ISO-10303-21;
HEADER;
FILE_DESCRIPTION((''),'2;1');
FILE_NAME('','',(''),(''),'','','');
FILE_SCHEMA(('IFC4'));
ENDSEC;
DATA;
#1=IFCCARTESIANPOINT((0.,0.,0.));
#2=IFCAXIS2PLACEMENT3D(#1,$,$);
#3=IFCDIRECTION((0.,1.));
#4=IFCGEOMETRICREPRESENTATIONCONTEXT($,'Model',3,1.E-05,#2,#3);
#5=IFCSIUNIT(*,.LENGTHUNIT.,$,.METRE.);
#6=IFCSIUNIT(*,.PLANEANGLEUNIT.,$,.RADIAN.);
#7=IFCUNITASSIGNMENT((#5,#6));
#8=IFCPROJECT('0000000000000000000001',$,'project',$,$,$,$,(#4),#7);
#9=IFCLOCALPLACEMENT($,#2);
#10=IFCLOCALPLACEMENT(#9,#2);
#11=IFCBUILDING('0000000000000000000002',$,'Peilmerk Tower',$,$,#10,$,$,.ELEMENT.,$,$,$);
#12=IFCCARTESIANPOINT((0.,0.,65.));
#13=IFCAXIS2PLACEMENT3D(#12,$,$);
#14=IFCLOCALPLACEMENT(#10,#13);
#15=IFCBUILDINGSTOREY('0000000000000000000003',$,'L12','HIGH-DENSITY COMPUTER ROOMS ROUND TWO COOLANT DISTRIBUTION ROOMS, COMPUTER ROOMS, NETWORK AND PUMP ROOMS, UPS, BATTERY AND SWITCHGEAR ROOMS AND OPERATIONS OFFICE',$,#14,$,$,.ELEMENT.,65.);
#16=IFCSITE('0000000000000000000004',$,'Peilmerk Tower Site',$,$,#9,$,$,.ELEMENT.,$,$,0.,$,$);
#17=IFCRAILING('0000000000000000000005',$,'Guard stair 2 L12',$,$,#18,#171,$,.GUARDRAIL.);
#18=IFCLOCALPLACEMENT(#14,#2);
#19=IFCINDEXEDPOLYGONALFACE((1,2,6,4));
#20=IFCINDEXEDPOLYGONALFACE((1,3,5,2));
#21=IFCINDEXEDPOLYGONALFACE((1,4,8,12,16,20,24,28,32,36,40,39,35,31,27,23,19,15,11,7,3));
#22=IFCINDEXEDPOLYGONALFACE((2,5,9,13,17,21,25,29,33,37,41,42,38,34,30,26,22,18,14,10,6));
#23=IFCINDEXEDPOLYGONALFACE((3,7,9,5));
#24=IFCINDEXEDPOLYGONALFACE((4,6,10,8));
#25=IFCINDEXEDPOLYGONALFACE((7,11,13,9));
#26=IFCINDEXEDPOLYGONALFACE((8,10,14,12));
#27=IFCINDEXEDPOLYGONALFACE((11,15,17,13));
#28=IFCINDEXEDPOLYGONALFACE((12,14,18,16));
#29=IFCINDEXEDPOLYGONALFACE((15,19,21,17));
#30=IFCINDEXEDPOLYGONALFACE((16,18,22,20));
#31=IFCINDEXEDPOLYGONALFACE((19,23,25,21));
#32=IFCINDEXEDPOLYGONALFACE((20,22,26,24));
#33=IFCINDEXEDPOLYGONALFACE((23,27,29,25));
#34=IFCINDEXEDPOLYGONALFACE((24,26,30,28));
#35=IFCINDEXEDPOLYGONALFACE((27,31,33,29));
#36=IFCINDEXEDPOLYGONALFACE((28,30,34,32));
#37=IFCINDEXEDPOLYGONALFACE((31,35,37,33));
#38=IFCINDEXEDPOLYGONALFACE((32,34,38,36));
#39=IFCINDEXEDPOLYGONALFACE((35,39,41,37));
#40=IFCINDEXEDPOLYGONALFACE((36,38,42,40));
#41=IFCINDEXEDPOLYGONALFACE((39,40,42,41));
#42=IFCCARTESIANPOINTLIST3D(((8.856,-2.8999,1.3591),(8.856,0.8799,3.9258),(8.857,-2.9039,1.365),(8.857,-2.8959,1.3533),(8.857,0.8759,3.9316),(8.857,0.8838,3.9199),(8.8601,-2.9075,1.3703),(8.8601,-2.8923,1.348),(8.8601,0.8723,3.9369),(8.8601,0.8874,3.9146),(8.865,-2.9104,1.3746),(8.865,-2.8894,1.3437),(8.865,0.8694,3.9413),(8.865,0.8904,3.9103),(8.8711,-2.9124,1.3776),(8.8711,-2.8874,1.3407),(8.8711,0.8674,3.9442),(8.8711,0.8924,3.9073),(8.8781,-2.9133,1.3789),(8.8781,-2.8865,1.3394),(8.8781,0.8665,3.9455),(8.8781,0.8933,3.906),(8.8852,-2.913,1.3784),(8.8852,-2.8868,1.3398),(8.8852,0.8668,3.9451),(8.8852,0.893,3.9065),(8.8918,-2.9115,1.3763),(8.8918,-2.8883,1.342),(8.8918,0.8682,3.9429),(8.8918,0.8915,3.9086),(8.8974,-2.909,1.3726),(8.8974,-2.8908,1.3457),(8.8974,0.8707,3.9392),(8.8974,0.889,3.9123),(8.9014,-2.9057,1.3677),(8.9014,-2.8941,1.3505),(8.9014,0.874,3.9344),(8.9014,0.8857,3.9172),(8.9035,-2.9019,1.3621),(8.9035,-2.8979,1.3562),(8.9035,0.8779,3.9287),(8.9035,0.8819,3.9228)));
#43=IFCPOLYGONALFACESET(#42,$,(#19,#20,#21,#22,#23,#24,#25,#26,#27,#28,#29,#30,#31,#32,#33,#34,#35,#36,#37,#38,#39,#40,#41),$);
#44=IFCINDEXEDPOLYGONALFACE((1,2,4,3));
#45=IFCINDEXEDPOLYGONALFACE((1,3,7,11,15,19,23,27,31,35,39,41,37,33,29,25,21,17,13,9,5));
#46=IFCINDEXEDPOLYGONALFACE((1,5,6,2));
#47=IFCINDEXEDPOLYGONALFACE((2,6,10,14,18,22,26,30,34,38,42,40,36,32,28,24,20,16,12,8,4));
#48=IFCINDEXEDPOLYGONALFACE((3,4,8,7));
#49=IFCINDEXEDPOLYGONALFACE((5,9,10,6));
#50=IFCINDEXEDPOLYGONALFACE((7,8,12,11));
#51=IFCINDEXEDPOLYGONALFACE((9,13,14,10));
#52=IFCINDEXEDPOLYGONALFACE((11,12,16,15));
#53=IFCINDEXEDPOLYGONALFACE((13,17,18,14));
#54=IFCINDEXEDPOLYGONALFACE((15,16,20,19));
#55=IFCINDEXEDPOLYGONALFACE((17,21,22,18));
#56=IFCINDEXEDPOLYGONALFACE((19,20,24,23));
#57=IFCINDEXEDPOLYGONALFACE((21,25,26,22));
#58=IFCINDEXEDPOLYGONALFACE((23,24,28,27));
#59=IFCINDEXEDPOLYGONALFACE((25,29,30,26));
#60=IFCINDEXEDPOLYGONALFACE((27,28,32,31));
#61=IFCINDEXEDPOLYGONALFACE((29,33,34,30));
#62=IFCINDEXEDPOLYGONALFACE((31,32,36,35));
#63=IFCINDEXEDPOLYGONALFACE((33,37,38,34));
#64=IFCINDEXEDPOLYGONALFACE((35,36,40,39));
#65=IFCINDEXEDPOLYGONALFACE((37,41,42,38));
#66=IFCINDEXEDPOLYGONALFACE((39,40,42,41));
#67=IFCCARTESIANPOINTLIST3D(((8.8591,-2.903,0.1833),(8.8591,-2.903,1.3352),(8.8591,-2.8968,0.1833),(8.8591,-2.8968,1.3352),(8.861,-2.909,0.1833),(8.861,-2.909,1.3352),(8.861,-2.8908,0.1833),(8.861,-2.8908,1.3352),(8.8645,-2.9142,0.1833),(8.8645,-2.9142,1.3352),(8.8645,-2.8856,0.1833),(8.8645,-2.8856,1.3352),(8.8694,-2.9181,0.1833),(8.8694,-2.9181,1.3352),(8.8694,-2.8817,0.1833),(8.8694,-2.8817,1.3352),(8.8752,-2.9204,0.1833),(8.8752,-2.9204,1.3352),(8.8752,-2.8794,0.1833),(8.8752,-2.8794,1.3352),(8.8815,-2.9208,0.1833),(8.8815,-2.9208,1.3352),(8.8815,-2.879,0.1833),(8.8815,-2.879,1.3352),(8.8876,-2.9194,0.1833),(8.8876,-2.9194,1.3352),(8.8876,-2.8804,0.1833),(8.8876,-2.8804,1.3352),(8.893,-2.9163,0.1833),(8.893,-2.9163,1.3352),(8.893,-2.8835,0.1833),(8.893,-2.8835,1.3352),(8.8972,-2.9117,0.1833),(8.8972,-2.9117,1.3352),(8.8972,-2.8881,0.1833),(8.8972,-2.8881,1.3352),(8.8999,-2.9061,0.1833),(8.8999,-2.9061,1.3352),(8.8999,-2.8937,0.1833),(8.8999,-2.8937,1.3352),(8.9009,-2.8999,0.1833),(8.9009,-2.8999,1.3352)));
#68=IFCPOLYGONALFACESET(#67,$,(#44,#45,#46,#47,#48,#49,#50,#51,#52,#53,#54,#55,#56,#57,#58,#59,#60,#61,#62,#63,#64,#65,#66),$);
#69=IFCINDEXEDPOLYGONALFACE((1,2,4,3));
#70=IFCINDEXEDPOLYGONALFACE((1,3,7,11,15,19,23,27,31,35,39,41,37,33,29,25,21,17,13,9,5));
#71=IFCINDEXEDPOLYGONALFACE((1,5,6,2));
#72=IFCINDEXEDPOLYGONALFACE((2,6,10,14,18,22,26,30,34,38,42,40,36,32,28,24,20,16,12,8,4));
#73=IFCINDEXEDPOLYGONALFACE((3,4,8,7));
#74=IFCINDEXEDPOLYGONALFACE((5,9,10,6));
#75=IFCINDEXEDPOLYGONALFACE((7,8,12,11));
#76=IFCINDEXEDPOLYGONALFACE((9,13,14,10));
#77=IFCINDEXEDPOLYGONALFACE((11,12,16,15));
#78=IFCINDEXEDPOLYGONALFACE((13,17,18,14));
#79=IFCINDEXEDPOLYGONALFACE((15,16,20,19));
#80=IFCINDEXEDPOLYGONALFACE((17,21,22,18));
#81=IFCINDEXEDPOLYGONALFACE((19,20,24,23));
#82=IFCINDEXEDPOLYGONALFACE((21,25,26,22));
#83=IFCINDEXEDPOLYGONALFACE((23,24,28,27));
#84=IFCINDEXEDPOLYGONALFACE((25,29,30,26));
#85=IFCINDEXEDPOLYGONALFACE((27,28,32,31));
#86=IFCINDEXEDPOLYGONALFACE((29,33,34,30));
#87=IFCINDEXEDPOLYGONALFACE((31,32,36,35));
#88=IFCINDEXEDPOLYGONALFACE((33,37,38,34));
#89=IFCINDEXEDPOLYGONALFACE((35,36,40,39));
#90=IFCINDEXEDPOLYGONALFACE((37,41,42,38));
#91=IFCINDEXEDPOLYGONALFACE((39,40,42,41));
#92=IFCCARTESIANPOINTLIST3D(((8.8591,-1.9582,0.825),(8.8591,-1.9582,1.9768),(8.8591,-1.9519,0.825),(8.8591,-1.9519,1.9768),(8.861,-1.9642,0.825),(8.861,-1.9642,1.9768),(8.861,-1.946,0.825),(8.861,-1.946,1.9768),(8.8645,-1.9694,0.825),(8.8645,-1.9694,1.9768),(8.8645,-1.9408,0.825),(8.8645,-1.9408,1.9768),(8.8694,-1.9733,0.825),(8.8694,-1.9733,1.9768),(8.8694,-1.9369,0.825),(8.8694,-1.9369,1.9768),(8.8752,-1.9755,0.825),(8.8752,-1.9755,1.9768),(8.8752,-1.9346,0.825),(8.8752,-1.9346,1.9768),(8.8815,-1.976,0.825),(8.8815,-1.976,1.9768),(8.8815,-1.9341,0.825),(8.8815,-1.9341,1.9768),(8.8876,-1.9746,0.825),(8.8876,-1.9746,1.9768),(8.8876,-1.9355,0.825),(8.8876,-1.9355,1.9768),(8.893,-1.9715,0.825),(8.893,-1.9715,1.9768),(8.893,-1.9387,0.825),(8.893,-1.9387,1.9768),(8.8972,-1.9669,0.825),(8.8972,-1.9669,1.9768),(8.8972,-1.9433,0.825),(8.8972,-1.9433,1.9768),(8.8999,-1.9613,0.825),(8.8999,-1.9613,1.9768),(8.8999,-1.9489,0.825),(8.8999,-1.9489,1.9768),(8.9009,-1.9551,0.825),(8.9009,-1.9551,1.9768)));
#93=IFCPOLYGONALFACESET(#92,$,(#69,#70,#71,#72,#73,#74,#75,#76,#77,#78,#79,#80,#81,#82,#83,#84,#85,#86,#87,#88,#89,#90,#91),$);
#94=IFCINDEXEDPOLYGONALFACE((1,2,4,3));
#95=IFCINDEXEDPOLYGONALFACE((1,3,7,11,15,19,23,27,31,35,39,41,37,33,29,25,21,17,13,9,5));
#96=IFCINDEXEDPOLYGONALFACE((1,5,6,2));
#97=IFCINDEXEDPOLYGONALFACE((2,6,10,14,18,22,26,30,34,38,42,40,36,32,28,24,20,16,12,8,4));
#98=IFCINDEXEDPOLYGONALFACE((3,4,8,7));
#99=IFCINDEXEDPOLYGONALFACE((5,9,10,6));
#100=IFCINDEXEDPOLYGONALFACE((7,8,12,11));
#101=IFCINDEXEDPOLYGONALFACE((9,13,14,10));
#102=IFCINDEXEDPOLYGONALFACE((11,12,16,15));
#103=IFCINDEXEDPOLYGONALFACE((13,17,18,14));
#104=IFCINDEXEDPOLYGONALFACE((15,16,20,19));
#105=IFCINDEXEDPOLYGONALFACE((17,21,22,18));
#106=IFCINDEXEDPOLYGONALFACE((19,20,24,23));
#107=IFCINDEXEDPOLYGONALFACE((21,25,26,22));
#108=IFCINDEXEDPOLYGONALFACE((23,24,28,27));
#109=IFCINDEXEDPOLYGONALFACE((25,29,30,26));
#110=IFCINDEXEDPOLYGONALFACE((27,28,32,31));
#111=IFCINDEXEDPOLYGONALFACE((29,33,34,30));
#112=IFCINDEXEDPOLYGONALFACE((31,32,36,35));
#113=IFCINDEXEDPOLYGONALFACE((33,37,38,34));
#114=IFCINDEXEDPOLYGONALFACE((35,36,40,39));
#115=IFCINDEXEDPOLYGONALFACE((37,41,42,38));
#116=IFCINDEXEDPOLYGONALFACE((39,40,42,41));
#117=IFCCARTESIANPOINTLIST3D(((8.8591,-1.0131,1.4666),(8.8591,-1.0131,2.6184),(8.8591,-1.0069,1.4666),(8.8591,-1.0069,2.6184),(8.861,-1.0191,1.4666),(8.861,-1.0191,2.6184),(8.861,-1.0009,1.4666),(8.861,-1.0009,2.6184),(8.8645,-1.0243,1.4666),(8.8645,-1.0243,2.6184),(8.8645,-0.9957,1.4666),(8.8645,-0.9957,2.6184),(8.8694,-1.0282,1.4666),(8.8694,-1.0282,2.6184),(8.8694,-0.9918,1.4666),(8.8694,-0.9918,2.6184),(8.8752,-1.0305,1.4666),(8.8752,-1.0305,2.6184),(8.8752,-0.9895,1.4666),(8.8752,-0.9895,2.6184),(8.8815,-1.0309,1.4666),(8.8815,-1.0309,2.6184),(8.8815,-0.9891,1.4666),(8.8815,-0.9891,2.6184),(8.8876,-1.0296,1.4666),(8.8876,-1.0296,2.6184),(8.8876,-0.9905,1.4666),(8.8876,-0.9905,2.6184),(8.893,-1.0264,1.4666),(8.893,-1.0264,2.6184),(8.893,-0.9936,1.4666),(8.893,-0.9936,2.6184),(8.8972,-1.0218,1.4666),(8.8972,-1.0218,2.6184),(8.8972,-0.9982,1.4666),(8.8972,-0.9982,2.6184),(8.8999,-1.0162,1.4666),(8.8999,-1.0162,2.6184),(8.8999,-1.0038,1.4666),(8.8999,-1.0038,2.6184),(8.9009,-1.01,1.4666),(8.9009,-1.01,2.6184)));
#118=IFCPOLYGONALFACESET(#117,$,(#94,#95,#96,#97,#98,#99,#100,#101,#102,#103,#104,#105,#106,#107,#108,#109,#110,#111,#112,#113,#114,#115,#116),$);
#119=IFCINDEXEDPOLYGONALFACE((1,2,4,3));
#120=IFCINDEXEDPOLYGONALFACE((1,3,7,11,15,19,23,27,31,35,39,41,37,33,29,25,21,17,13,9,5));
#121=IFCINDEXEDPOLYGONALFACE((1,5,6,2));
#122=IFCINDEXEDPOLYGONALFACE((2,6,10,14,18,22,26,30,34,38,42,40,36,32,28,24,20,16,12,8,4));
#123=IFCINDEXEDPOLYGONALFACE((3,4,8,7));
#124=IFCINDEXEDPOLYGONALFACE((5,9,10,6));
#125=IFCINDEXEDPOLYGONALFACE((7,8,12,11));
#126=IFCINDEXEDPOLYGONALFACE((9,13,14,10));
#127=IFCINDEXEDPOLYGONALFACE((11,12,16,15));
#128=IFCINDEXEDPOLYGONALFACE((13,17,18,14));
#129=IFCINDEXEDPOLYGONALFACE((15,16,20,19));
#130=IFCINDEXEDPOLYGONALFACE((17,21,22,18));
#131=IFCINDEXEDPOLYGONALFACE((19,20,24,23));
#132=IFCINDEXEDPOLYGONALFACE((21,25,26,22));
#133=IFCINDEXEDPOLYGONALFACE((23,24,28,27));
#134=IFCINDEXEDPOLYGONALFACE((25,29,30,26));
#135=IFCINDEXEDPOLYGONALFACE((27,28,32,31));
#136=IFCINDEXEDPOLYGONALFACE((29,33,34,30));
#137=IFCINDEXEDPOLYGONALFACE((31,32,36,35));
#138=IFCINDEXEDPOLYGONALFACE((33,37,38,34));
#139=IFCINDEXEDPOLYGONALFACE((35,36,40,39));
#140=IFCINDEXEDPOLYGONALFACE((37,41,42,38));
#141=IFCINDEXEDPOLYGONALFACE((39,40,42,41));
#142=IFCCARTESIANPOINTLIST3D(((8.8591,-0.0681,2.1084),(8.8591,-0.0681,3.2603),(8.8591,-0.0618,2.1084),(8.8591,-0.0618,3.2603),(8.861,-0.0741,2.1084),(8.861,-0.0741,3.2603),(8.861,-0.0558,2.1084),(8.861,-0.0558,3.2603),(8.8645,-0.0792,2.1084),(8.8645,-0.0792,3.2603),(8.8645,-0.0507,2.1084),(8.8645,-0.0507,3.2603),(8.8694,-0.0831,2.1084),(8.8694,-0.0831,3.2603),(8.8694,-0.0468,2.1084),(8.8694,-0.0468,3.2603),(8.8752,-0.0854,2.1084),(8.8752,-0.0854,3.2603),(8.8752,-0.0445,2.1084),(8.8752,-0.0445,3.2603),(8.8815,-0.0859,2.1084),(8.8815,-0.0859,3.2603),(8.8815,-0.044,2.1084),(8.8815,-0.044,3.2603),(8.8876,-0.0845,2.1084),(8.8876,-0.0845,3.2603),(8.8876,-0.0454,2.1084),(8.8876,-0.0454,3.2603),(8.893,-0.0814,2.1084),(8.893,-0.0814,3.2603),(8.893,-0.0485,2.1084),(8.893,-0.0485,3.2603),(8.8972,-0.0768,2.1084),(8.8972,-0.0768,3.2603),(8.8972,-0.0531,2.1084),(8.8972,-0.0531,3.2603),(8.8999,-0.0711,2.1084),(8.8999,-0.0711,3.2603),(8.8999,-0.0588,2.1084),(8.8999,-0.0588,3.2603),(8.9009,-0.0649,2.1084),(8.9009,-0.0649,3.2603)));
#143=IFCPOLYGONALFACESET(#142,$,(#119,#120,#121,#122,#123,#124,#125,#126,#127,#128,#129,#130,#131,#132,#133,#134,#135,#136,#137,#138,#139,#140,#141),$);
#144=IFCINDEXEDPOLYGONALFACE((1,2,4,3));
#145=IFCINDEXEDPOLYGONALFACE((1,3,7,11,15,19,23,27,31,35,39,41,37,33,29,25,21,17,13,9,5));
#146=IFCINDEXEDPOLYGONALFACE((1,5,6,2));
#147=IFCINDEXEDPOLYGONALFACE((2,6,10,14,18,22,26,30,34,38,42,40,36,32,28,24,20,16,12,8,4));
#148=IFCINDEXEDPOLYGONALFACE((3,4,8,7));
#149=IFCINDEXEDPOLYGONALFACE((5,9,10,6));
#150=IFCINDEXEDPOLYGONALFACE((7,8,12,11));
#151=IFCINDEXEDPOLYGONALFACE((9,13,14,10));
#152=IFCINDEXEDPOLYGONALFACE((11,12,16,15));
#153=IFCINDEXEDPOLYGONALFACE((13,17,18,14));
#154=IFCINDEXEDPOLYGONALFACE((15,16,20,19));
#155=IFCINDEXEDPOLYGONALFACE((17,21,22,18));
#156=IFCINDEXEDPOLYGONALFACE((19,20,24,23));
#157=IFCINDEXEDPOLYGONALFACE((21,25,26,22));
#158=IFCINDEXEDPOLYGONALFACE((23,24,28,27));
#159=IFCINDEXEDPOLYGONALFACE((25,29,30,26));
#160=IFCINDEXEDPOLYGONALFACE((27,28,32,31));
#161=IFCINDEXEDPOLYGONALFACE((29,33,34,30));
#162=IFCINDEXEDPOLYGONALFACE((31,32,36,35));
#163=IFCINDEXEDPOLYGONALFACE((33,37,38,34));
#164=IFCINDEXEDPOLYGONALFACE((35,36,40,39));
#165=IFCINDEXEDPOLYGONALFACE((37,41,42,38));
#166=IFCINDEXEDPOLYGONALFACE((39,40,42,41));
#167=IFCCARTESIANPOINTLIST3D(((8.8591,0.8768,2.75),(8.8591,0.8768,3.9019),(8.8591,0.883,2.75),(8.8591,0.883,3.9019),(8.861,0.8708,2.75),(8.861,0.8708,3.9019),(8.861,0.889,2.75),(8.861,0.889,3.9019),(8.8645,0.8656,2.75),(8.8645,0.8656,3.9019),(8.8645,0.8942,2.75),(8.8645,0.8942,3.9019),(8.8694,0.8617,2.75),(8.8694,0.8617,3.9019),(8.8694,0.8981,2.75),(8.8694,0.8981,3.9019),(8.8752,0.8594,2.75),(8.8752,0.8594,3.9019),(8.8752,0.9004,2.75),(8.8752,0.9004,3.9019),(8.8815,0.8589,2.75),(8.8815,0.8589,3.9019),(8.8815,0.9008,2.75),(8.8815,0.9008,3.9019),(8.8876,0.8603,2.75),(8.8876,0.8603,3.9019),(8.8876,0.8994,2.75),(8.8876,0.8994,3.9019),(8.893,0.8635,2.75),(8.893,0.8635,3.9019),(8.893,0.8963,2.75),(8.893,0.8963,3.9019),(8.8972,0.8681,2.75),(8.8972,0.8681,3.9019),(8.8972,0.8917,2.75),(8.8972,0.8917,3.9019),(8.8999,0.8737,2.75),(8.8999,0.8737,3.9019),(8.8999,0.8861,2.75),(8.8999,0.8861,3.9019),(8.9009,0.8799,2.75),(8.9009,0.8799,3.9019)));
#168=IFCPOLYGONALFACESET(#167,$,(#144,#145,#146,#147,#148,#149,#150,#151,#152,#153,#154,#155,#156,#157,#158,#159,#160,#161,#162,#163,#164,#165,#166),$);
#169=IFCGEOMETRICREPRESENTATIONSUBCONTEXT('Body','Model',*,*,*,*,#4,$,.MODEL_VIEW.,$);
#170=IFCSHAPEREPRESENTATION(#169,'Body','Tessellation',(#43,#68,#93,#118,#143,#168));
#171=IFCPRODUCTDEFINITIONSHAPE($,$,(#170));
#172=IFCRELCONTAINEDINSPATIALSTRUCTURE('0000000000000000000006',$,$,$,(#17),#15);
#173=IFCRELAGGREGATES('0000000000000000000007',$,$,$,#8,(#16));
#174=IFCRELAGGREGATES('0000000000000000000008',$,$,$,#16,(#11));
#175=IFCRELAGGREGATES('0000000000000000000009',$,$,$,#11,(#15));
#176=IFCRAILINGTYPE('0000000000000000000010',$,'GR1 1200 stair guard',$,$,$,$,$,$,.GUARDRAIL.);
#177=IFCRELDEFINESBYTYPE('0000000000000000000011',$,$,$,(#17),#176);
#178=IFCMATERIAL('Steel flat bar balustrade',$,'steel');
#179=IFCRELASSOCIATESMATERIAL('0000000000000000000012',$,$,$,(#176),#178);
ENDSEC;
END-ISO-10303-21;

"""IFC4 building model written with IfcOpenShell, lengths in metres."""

from ifc_helpers import new_model, si_unit, direction, frame, origin, origin_2d, place, context, subcontext, project, spatial, circle, extrude, material, type_object, element, save


model = new_model("IFC4")

# Units and contexts
model_context = context("Model", 3, precision=1e-05, world=origin(), true_north=direction((0.0, 1.0)))
body_context = subcontext(model_context, "Body", "Model", "MODEL_VIEW")
ifc_project = project(units=[si_unit("LENGTHUNIT", "METRE"), si_unit("PLANEANGLEUNIT", "RADIAN")], contexts=[model_context])

# Site, building, storey
site_placement = place(None, origin())
site = spatial("IfcSite", under=ifc_project, at=site_placement, Name="Peilmerk Tower Site", CompositionType="ELEMENT", RefElevation=0.0)
building_placement = place(site_placement, origin())
building = spatial("IfcBuilding", under=site, at=building_placement, Name="Peilmerk Tower", CompositionType="ELEMENT")
storey_placement = place(building_placement, frame((0.0, 0.0, 65.0)))
storey = spatial("IfcBuildingStorey", under=building, at=storey_placement, Name="L12", Description="HIGH-DENSITY COMPUTER ROOMS ROUND TWO COOLANT DISTRIBUTION ROOMS, COMPUTER ROOMS, NETWORK AND PUMP ROOMS, UPS, BATTERY AND SWITCHGEAR ROOMS AND OPERATIONS OFFICE", CompositionType="ELEMENT", Elevation=65.0)

# Railing
ifc_material_1 = material(Name="Steel flat bar balustrade", Category="steel")
railing_type_1 = type_object("IfcRailingType", Name="GR1 1200 stair guard", PredefinedType="GUARDRAIL", material=ifc_material_1)
railing_1_placement = place(storey_placement, frame((8.8799, -2.8999, 0.1833)))
element("IfcRailing", 1, at=railing_1_placement, inside=storey, type_object=railing_type_1, Name="Guard stair 2 L12", PredefinedType="GUARDRAIL", context=body_context, shape_type="SweptSolid", body=[
    extrude(circle(Radius=0.0239, at=origin_2d()), frame((0.0, 0.0, 1.1758), z_axis=(0.0, 0.827293, 0.561771), x_axis=(-1.0, 0.0, 0.0)), (0.0, 0.0, 1.0), 4.5688),
    extrude(circle(Radius=0.021, at=origin_2d()), origin(), (0.0, 0.0, 1.0), 1.1519),
    extrude(circle(Radius=0.021, at=origin_2d()), frame((0.0, 0.9448, 0.6416)), (0.0, 0.0, 1.0), 1.1519),
    extrude(circle(Radius=0.021, at=origin_2d()), frame((0.0, 1.8899, 1.2832)), (0.0, 0.0, 1.0), 1.1519),
    extrude(circle(Radius=0.021, at=origin_2d()), frame((0.0, 2.835, 1.925)), (0.0, 0.0, 1.0), 1.1519),
    extrude(circle(Radius=0.021, at=origin_2d()), frame((0.0, 3.7798, 2.5667)), (0.0, 0.0, 1.0), 1.1519),
])

save(model, "model.ifc")
